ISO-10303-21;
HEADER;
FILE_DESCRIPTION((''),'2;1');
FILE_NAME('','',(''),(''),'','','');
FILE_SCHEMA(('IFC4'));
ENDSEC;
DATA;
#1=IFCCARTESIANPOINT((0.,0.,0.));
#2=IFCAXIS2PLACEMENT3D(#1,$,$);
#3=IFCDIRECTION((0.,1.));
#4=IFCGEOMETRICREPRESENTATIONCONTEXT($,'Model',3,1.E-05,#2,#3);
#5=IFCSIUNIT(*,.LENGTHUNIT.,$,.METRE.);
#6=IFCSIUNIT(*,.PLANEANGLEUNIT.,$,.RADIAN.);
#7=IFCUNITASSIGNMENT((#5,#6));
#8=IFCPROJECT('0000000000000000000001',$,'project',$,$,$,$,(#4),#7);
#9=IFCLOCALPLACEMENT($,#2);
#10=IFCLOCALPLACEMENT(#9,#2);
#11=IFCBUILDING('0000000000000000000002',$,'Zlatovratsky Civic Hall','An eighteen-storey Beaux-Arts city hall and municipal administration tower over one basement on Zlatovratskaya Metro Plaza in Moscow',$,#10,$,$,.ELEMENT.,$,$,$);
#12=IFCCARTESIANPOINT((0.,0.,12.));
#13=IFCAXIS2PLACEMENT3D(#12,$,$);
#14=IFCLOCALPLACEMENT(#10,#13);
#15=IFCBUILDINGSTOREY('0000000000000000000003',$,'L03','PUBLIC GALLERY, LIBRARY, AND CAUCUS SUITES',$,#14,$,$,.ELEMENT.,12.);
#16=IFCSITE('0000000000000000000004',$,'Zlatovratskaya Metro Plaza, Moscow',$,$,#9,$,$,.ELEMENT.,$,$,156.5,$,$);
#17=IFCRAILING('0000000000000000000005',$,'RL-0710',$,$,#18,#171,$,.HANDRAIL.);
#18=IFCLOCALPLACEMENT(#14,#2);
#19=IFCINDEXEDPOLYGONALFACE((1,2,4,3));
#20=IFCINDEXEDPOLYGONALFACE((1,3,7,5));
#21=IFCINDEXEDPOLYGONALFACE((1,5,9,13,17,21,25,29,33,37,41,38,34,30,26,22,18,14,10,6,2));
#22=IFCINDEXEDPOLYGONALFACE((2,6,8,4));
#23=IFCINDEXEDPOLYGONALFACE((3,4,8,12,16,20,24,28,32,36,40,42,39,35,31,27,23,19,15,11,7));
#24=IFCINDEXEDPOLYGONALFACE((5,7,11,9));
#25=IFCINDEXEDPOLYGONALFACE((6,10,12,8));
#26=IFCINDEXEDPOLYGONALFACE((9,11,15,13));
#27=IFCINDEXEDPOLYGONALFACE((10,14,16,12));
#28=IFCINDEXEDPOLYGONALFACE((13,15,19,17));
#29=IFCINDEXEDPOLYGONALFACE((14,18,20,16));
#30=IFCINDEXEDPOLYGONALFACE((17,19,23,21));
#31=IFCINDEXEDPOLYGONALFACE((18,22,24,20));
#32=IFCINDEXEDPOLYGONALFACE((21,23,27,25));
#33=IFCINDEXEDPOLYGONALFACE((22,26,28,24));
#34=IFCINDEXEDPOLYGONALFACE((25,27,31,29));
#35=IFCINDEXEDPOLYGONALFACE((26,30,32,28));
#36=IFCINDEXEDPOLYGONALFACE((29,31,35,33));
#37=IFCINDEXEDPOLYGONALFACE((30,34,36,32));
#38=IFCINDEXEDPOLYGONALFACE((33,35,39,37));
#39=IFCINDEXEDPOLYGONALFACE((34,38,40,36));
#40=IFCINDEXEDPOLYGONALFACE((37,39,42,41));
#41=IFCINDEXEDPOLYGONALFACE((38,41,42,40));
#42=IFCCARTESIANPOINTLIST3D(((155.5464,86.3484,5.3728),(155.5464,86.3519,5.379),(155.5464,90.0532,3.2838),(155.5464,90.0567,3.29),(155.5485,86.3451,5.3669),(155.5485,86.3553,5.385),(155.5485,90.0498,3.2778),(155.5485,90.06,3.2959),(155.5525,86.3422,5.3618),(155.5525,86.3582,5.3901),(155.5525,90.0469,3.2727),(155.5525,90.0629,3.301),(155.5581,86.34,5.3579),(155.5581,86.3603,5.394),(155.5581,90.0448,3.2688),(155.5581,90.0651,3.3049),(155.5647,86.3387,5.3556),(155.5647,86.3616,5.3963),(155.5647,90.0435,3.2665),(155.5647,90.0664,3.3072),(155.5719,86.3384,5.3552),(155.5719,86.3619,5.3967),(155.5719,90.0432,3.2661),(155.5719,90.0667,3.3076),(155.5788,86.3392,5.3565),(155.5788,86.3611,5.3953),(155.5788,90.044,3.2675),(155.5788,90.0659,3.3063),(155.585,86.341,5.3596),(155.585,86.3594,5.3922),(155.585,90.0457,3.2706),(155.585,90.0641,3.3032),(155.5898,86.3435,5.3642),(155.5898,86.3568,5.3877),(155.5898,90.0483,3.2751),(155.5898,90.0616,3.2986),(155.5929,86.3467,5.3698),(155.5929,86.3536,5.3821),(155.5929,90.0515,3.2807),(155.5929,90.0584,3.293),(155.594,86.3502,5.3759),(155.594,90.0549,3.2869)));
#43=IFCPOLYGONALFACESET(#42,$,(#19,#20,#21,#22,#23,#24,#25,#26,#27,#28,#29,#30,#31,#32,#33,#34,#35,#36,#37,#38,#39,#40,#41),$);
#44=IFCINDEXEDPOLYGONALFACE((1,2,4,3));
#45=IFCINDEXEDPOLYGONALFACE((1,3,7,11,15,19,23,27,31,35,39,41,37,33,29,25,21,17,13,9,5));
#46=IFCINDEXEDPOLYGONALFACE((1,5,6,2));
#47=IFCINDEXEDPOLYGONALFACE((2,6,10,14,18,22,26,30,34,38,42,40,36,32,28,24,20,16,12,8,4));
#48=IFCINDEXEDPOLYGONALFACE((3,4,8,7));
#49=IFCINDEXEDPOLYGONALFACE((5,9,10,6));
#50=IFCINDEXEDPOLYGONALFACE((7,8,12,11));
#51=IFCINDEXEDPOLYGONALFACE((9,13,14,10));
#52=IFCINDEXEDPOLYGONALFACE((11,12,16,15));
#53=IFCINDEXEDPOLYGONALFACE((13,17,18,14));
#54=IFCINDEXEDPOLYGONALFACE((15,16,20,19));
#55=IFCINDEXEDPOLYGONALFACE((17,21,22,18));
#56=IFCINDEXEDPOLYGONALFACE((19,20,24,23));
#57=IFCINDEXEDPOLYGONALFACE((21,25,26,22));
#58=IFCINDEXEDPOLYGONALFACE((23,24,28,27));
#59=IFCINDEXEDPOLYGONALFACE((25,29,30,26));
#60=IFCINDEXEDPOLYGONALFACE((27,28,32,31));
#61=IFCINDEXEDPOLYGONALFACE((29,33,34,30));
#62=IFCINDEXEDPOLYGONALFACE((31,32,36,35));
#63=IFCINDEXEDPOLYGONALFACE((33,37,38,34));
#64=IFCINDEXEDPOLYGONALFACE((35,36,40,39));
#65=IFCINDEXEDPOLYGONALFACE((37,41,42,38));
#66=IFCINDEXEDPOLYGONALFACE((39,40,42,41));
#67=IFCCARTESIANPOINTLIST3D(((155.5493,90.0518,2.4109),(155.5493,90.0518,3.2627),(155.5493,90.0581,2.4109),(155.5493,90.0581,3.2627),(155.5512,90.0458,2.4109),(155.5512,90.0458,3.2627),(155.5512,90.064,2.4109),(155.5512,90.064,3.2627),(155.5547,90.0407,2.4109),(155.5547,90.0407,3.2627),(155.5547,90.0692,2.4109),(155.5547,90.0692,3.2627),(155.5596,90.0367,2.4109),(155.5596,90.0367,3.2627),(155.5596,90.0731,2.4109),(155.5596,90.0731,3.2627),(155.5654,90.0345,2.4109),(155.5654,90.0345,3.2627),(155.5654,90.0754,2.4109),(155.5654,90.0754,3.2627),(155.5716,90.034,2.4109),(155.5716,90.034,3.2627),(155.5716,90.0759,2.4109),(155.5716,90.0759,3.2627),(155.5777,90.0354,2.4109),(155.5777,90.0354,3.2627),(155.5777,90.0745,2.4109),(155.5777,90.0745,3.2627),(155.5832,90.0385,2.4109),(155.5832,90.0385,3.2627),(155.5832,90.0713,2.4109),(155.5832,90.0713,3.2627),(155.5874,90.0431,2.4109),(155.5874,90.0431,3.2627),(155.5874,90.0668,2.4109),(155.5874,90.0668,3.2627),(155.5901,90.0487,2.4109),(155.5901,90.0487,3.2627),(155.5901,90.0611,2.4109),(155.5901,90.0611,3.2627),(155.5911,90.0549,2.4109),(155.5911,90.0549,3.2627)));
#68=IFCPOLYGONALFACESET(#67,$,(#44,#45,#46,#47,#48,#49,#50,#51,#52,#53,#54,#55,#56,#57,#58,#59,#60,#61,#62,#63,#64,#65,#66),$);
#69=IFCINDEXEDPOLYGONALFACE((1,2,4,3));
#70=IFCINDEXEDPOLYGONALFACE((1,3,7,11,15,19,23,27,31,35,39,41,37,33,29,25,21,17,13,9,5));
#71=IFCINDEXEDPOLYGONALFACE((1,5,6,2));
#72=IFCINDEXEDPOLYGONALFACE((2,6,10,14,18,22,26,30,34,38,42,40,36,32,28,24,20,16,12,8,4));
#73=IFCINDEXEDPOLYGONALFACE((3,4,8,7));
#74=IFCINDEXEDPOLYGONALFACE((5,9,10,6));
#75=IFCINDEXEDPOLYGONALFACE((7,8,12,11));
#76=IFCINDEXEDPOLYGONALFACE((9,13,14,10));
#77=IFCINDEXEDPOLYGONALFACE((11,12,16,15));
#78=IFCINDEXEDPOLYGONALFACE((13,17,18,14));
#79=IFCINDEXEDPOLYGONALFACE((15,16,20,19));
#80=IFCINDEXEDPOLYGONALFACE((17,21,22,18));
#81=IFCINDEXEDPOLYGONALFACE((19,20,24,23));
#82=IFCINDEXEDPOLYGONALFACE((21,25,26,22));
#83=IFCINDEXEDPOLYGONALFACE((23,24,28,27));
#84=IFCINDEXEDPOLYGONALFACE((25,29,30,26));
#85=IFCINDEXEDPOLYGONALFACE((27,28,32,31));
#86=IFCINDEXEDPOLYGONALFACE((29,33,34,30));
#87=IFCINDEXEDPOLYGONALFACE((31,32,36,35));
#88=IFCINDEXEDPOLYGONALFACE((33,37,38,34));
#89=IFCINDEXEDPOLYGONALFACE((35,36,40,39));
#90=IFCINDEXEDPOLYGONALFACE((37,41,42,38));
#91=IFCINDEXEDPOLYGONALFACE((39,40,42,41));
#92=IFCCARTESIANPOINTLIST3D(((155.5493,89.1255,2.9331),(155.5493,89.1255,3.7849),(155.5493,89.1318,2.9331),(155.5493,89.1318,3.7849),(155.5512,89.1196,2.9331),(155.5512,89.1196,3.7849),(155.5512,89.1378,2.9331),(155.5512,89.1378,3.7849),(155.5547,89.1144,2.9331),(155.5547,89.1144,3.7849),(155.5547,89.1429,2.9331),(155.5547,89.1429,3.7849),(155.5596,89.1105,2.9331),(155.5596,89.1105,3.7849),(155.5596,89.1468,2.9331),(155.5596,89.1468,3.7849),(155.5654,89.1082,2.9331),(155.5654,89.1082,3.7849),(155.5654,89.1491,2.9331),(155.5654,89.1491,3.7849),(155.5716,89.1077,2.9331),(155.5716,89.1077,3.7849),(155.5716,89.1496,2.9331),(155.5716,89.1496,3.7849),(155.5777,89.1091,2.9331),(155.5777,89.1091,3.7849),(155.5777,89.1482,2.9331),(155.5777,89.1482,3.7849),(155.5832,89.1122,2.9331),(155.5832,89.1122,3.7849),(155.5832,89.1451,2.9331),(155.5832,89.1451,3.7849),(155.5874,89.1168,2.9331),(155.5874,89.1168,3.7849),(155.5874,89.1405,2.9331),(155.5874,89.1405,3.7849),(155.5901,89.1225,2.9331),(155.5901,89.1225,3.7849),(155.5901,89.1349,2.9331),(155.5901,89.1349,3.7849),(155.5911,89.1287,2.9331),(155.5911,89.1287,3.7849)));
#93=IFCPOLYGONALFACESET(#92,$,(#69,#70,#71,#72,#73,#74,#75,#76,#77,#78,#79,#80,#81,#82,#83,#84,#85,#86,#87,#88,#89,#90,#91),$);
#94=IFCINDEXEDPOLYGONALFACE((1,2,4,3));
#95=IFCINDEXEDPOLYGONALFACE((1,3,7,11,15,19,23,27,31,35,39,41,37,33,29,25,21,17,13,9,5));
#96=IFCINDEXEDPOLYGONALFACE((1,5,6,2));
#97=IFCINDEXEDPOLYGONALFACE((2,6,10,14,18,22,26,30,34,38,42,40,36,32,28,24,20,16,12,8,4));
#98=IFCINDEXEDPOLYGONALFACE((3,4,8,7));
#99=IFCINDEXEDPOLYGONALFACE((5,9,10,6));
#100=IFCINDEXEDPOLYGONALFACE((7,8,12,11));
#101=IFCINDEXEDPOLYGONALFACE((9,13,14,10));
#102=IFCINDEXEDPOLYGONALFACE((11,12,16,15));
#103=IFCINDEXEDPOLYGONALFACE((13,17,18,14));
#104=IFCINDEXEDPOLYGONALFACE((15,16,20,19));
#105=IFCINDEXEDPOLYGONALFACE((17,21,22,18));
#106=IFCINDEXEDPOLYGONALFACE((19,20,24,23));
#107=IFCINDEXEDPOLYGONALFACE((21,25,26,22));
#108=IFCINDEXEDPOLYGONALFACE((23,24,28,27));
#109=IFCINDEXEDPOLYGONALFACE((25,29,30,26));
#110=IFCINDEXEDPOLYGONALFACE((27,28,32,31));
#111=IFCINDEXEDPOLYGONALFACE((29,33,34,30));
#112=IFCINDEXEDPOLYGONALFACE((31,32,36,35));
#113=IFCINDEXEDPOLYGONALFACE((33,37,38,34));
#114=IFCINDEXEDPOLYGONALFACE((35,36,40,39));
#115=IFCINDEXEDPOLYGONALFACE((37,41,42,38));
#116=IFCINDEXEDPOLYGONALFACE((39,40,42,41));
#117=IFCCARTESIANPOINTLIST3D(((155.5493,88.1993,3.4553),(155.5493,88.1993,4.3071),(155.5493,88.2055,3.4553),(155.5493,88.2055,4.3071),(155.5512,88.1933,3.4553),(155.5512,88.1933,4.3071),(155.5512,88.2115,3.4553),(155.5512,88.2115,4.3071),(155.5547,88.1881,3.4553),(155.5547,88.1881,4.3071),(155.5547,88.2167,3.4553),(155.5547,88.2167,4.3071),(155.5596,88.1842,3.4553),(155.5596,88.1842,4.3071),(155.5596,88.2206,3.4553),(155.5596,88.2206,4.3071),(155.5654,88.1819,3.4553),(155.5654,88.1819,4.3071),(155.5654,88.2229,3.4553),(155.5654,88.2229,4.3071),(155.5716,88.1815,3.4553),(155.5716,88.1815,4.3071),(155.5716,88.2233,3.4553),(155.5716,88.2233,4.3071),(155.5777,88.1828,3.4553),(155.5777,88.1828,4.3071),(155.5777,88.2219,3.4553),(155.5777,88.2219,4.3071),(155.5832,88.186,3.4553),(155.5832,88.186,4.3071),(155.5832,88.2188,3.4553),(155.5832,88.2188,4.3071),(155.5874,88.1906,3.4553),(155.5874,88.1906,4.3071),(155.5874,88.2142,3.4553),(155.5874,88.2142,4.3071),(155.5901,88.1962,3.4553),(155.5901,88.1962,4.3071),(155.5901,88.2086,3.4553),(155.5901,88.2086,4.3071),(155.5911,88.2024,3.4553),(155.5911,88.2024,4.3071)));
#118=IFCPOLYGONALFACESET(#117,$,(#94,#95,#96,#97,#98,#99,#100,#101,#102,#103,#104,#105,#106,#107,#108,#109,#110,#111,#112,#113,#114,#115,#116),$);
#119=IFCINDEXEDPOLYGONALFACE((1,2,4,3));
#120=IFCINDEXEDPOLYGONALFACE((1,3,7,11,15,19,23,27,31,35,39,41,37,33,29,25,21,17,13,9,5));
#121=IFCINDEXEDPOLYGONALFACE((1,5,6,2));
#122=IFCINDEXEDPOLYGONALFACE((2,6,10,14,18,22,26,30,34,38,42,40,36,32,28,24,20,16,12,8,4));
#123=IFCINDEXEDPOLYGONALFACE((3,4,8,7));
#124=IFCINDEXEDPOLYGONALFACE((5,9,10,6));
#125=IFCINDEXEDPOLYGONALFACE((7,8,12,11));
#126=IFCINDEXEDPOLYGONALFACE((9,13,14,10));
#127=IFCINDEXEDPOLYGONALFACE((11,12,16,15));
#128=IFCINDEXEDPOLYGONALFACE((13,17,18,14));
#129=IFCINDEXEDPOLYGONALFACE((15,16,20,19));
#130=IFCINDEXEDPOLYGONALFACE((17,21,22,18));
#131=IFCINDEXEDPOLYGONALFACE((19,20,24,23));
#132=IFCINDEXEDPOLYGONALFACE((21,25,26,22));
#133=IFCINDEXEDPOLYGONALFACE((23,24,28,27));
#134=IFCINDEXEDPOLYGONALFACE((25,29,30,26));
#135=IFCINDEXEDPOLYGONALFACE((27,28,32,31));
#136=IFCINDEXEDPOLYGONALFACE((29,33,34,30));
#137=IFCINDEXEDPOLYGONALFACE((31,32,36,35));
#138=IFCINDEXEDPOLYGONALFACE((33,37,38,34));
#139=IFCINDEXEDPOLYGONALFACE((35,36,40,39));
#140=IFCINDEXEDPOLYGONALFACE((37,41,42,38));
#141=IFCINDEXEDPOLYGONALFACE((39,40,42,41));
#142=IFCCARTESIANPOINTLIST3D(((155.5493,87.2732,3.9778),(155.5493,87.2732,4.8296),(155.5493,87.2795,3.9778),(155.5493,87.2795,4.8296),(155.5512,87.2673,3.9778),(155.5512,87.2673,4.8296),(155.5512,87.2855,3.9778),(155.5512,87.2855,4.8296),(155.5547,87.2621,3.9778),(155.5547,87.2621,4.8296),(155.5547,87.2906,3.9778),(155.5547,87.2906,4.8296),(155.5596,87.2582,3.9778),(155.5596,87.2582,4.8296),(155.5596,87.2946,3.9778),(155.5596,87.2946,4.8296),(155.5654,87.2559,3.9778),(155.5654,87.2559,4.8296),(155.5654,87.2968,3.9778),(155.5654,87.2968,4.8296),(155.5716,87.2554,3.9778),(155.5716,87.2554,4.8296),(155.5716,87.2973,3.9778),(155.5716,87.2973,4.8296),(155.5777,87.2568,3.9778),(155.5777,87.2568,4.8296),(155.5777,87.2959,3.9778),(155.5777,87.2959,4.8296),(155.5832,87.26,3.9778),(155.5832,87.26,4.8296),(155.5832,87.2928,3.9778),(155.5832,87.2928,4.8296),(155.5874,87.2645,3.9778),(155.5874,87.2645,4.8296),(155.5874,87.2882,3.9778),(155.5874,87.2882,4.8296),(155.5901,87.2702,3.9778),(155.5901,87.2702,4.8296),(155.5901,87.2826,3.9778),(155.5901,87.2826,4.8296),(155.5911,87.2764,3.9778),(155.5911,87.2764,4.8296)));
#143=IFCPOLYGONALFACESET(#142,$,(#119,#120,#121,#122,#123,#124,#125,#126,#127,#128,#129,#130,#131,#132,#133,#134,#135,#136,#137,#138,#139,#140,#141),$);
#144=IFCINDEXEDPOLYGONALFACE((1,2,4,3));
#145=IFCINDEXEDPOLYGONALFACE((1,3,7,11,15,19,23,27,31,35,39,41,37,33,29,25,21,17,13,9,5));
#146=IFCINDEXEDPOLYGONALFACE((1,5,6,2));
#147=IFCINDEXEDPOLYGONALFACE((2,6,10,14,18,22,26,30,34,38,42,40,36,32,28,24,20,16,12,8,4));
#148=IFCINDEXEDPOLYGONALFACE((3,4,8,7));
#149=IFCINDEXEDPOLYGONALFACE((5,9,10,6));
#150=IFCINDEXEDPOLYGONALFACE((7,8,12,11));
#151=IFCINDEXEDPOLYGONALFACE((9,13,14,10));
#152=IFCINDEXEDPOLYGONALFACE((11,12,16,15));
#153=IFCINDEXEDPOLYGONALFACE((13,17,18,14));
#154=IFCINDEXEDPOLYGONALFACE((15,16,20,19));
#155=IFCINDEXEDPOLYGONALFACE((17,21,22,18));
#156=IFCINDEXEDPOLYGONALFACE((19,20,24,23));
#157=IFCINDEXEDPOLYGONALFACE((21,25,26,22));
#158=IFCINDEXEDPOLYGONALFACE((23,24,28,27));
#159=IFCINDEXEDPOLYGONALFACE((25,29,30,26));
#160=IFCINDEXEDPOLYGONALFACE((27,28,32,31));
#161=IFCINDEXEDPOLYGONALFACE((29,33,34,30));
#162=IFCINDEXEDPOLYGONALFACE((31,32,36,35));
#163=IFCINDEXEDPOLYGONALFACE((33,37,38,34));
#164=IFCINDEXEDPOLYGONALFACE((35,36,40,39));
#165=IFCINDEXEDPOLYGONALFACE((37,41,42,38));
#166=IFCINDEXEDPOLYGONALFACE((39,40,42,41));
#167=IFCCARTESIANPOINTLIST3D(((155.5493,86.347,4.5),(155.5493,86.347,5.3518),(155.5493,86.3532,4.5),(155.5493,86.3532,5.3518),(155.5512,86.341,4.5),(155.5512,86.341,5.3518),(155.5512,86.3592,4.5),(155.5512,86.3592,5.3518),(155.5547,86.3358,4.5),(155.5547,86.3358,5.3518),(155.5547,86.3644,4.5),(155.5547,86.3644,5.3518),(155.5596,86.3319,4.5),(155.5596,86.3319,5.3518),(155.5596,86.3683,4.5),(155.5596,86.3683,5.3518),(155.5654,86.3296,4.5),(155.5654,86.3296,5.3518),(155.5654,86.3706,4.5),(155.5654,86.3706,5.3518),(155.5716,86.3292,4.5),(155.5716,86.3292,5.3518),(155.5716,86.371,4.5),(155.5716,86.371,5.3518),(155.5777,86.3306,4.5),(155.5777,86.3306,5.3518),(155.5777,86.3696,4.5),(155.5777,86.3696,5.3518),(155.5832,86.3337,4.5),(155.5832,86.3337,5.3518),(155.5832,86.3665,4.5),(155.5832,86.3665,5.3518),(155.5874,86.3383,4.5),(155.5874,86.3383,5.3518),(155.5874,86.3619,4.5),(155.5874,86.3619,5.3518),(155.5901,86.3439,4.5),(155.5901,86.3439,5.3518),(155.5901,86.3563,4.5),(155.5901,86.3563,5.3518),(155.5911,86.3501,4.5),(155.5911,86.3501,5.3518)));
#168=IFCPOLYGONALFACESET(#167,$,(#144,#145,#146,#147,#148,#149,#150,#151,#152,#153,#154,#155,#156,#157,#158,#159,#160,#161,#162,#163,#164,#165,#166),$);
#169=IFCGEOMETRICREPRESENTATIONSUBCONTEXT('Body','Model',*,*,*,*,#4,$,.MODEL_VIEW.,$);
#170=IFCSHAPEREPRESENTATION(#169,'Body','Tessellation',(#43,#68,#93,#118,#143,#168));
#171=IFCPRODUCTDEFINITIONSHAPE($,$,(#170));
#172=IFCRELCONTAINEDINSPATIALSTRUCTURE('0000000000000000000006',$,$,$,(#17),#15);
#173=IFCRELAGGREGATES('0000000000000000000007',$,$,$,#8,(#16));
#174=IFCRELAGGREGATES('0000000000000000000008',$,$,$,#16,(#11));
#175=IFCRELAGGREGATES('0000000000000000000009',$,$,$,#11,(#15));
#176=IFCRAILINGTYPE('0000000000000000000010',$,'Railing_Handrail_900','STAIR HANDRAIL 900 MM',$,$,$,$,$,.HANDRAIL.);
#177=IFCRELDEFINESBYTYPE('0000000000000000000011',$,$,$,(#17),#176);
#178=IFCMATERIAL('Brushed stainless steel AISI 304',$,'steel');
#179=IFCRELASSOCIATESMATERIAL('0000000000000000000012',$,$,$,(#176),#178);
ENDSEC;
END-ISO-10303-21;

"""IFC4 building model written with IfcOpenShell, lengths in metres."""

from ifc_helpers import new_model, si_unit, direction, frame, origin, origin_2d, place, context, subcontext, project, spatial, circle, extrude, material, type_object, element, save


model = new_model("IFC4")

# Units and contexts
model_context = context("Model", 3, precision=1e-05, world=origin(), true_north=direction((0.0, 1.0)))
body_context = subcontext(model_context, "Body", "Model", "MODEL_VIEW")
ifc_project = project(units=[si_unit("LENGTHUNIT", "METRE"), si_unit("PLANEANGLEUNIT", "RADIAN")], contexts=[model_context])

# Site, building, storey
site_placement = place(None, origin())
site = spatial("IfcSite", under=ifc_project, at=site_placement, Name="Zlatovratskaya Metro Plaza, Moscow", CompositionType="ELEMENT", RefElevation=156.5)
building_placement = place(site_placement, origin())
building = spatial("IfcBuilding", under=site, at=building_placement, Name="Zlatovratsky Civic Hall", Description="An eighteen-storey Beaux-Arts city hall and municipal administration tower over one basement on Zlatovratskaya Metro Plaza in Moscow", CompositionType="ELEMENT")
storey_placement = place(building_placement, frame((0.0, 0.0, 12.0)))
storey = spatial("IfcBuildingStorey", under=building, at=storey_placement, Name="L03", Description="PUBLIC GALLERY, LIBRARY, AND CAUCUS SUITES", CompositionType="ELEMENT", Elevation=12.0)

# Railing
ifc_material_1 = material(Name="Brushed stainless steel AISI 304", Category="steel")
railing_type_1 = type_object("IfcRailingType", Name="Railing_Handrail_900", Description="STAIR HANDRAIL 900 MM", PredefinedType="HANDRAIL", material=ifc_material_1)
railing_1_placement = place(storey_placement, frame((155.5701, 90.0549, 2.4109)))
element("IfcRailing", 1, at=railing_1_placement, inside=storey, type_object=railing_type_1, Name="RL-0710", PredefinedType="HANDRAIL", context=body_context, shape_type="SweptSolid", body=[
    extrude(circle(Radius=0.0239, at=origin_2d()), frame((0.0, 0.0, 0.876), z_axis=(0.0, -0.871058, 0.491179), x_axis=(1.0, 0.0, 0.0)), (0.0, 0.0, 1.0), 4.2532),
    extrude(circle(Radius=0.021, at=origin_2d()), origin(), (0.0, 0.0, 1.0), 0.8518),
    extrude(circle(Radius=0.021, at=origin_2d()), frame((0.0, -0.9263, 0.5222)), (0.0, 0.0, 1.0), 0.8518),
    extrude(circle(Radius=0.021, at=origin_2d()), frame((0.0, -1.8525, 1.0444)), (0.0, 0.0, 1.0), 0.8518),
    extrude(circle(Radius=0.021, at=origin_2d()), frame((0.0, -2.7786, 1.5669)), (0.0, 0.0, 1.0), 0.8518),
    extrude(circle(Radius=0.021, at=origin_2d()), frame((0.0, -3.7048, 2.0891)), (0.0, 0.0, 1.0), 0.8518),
])

save(model, "model.ifc")
